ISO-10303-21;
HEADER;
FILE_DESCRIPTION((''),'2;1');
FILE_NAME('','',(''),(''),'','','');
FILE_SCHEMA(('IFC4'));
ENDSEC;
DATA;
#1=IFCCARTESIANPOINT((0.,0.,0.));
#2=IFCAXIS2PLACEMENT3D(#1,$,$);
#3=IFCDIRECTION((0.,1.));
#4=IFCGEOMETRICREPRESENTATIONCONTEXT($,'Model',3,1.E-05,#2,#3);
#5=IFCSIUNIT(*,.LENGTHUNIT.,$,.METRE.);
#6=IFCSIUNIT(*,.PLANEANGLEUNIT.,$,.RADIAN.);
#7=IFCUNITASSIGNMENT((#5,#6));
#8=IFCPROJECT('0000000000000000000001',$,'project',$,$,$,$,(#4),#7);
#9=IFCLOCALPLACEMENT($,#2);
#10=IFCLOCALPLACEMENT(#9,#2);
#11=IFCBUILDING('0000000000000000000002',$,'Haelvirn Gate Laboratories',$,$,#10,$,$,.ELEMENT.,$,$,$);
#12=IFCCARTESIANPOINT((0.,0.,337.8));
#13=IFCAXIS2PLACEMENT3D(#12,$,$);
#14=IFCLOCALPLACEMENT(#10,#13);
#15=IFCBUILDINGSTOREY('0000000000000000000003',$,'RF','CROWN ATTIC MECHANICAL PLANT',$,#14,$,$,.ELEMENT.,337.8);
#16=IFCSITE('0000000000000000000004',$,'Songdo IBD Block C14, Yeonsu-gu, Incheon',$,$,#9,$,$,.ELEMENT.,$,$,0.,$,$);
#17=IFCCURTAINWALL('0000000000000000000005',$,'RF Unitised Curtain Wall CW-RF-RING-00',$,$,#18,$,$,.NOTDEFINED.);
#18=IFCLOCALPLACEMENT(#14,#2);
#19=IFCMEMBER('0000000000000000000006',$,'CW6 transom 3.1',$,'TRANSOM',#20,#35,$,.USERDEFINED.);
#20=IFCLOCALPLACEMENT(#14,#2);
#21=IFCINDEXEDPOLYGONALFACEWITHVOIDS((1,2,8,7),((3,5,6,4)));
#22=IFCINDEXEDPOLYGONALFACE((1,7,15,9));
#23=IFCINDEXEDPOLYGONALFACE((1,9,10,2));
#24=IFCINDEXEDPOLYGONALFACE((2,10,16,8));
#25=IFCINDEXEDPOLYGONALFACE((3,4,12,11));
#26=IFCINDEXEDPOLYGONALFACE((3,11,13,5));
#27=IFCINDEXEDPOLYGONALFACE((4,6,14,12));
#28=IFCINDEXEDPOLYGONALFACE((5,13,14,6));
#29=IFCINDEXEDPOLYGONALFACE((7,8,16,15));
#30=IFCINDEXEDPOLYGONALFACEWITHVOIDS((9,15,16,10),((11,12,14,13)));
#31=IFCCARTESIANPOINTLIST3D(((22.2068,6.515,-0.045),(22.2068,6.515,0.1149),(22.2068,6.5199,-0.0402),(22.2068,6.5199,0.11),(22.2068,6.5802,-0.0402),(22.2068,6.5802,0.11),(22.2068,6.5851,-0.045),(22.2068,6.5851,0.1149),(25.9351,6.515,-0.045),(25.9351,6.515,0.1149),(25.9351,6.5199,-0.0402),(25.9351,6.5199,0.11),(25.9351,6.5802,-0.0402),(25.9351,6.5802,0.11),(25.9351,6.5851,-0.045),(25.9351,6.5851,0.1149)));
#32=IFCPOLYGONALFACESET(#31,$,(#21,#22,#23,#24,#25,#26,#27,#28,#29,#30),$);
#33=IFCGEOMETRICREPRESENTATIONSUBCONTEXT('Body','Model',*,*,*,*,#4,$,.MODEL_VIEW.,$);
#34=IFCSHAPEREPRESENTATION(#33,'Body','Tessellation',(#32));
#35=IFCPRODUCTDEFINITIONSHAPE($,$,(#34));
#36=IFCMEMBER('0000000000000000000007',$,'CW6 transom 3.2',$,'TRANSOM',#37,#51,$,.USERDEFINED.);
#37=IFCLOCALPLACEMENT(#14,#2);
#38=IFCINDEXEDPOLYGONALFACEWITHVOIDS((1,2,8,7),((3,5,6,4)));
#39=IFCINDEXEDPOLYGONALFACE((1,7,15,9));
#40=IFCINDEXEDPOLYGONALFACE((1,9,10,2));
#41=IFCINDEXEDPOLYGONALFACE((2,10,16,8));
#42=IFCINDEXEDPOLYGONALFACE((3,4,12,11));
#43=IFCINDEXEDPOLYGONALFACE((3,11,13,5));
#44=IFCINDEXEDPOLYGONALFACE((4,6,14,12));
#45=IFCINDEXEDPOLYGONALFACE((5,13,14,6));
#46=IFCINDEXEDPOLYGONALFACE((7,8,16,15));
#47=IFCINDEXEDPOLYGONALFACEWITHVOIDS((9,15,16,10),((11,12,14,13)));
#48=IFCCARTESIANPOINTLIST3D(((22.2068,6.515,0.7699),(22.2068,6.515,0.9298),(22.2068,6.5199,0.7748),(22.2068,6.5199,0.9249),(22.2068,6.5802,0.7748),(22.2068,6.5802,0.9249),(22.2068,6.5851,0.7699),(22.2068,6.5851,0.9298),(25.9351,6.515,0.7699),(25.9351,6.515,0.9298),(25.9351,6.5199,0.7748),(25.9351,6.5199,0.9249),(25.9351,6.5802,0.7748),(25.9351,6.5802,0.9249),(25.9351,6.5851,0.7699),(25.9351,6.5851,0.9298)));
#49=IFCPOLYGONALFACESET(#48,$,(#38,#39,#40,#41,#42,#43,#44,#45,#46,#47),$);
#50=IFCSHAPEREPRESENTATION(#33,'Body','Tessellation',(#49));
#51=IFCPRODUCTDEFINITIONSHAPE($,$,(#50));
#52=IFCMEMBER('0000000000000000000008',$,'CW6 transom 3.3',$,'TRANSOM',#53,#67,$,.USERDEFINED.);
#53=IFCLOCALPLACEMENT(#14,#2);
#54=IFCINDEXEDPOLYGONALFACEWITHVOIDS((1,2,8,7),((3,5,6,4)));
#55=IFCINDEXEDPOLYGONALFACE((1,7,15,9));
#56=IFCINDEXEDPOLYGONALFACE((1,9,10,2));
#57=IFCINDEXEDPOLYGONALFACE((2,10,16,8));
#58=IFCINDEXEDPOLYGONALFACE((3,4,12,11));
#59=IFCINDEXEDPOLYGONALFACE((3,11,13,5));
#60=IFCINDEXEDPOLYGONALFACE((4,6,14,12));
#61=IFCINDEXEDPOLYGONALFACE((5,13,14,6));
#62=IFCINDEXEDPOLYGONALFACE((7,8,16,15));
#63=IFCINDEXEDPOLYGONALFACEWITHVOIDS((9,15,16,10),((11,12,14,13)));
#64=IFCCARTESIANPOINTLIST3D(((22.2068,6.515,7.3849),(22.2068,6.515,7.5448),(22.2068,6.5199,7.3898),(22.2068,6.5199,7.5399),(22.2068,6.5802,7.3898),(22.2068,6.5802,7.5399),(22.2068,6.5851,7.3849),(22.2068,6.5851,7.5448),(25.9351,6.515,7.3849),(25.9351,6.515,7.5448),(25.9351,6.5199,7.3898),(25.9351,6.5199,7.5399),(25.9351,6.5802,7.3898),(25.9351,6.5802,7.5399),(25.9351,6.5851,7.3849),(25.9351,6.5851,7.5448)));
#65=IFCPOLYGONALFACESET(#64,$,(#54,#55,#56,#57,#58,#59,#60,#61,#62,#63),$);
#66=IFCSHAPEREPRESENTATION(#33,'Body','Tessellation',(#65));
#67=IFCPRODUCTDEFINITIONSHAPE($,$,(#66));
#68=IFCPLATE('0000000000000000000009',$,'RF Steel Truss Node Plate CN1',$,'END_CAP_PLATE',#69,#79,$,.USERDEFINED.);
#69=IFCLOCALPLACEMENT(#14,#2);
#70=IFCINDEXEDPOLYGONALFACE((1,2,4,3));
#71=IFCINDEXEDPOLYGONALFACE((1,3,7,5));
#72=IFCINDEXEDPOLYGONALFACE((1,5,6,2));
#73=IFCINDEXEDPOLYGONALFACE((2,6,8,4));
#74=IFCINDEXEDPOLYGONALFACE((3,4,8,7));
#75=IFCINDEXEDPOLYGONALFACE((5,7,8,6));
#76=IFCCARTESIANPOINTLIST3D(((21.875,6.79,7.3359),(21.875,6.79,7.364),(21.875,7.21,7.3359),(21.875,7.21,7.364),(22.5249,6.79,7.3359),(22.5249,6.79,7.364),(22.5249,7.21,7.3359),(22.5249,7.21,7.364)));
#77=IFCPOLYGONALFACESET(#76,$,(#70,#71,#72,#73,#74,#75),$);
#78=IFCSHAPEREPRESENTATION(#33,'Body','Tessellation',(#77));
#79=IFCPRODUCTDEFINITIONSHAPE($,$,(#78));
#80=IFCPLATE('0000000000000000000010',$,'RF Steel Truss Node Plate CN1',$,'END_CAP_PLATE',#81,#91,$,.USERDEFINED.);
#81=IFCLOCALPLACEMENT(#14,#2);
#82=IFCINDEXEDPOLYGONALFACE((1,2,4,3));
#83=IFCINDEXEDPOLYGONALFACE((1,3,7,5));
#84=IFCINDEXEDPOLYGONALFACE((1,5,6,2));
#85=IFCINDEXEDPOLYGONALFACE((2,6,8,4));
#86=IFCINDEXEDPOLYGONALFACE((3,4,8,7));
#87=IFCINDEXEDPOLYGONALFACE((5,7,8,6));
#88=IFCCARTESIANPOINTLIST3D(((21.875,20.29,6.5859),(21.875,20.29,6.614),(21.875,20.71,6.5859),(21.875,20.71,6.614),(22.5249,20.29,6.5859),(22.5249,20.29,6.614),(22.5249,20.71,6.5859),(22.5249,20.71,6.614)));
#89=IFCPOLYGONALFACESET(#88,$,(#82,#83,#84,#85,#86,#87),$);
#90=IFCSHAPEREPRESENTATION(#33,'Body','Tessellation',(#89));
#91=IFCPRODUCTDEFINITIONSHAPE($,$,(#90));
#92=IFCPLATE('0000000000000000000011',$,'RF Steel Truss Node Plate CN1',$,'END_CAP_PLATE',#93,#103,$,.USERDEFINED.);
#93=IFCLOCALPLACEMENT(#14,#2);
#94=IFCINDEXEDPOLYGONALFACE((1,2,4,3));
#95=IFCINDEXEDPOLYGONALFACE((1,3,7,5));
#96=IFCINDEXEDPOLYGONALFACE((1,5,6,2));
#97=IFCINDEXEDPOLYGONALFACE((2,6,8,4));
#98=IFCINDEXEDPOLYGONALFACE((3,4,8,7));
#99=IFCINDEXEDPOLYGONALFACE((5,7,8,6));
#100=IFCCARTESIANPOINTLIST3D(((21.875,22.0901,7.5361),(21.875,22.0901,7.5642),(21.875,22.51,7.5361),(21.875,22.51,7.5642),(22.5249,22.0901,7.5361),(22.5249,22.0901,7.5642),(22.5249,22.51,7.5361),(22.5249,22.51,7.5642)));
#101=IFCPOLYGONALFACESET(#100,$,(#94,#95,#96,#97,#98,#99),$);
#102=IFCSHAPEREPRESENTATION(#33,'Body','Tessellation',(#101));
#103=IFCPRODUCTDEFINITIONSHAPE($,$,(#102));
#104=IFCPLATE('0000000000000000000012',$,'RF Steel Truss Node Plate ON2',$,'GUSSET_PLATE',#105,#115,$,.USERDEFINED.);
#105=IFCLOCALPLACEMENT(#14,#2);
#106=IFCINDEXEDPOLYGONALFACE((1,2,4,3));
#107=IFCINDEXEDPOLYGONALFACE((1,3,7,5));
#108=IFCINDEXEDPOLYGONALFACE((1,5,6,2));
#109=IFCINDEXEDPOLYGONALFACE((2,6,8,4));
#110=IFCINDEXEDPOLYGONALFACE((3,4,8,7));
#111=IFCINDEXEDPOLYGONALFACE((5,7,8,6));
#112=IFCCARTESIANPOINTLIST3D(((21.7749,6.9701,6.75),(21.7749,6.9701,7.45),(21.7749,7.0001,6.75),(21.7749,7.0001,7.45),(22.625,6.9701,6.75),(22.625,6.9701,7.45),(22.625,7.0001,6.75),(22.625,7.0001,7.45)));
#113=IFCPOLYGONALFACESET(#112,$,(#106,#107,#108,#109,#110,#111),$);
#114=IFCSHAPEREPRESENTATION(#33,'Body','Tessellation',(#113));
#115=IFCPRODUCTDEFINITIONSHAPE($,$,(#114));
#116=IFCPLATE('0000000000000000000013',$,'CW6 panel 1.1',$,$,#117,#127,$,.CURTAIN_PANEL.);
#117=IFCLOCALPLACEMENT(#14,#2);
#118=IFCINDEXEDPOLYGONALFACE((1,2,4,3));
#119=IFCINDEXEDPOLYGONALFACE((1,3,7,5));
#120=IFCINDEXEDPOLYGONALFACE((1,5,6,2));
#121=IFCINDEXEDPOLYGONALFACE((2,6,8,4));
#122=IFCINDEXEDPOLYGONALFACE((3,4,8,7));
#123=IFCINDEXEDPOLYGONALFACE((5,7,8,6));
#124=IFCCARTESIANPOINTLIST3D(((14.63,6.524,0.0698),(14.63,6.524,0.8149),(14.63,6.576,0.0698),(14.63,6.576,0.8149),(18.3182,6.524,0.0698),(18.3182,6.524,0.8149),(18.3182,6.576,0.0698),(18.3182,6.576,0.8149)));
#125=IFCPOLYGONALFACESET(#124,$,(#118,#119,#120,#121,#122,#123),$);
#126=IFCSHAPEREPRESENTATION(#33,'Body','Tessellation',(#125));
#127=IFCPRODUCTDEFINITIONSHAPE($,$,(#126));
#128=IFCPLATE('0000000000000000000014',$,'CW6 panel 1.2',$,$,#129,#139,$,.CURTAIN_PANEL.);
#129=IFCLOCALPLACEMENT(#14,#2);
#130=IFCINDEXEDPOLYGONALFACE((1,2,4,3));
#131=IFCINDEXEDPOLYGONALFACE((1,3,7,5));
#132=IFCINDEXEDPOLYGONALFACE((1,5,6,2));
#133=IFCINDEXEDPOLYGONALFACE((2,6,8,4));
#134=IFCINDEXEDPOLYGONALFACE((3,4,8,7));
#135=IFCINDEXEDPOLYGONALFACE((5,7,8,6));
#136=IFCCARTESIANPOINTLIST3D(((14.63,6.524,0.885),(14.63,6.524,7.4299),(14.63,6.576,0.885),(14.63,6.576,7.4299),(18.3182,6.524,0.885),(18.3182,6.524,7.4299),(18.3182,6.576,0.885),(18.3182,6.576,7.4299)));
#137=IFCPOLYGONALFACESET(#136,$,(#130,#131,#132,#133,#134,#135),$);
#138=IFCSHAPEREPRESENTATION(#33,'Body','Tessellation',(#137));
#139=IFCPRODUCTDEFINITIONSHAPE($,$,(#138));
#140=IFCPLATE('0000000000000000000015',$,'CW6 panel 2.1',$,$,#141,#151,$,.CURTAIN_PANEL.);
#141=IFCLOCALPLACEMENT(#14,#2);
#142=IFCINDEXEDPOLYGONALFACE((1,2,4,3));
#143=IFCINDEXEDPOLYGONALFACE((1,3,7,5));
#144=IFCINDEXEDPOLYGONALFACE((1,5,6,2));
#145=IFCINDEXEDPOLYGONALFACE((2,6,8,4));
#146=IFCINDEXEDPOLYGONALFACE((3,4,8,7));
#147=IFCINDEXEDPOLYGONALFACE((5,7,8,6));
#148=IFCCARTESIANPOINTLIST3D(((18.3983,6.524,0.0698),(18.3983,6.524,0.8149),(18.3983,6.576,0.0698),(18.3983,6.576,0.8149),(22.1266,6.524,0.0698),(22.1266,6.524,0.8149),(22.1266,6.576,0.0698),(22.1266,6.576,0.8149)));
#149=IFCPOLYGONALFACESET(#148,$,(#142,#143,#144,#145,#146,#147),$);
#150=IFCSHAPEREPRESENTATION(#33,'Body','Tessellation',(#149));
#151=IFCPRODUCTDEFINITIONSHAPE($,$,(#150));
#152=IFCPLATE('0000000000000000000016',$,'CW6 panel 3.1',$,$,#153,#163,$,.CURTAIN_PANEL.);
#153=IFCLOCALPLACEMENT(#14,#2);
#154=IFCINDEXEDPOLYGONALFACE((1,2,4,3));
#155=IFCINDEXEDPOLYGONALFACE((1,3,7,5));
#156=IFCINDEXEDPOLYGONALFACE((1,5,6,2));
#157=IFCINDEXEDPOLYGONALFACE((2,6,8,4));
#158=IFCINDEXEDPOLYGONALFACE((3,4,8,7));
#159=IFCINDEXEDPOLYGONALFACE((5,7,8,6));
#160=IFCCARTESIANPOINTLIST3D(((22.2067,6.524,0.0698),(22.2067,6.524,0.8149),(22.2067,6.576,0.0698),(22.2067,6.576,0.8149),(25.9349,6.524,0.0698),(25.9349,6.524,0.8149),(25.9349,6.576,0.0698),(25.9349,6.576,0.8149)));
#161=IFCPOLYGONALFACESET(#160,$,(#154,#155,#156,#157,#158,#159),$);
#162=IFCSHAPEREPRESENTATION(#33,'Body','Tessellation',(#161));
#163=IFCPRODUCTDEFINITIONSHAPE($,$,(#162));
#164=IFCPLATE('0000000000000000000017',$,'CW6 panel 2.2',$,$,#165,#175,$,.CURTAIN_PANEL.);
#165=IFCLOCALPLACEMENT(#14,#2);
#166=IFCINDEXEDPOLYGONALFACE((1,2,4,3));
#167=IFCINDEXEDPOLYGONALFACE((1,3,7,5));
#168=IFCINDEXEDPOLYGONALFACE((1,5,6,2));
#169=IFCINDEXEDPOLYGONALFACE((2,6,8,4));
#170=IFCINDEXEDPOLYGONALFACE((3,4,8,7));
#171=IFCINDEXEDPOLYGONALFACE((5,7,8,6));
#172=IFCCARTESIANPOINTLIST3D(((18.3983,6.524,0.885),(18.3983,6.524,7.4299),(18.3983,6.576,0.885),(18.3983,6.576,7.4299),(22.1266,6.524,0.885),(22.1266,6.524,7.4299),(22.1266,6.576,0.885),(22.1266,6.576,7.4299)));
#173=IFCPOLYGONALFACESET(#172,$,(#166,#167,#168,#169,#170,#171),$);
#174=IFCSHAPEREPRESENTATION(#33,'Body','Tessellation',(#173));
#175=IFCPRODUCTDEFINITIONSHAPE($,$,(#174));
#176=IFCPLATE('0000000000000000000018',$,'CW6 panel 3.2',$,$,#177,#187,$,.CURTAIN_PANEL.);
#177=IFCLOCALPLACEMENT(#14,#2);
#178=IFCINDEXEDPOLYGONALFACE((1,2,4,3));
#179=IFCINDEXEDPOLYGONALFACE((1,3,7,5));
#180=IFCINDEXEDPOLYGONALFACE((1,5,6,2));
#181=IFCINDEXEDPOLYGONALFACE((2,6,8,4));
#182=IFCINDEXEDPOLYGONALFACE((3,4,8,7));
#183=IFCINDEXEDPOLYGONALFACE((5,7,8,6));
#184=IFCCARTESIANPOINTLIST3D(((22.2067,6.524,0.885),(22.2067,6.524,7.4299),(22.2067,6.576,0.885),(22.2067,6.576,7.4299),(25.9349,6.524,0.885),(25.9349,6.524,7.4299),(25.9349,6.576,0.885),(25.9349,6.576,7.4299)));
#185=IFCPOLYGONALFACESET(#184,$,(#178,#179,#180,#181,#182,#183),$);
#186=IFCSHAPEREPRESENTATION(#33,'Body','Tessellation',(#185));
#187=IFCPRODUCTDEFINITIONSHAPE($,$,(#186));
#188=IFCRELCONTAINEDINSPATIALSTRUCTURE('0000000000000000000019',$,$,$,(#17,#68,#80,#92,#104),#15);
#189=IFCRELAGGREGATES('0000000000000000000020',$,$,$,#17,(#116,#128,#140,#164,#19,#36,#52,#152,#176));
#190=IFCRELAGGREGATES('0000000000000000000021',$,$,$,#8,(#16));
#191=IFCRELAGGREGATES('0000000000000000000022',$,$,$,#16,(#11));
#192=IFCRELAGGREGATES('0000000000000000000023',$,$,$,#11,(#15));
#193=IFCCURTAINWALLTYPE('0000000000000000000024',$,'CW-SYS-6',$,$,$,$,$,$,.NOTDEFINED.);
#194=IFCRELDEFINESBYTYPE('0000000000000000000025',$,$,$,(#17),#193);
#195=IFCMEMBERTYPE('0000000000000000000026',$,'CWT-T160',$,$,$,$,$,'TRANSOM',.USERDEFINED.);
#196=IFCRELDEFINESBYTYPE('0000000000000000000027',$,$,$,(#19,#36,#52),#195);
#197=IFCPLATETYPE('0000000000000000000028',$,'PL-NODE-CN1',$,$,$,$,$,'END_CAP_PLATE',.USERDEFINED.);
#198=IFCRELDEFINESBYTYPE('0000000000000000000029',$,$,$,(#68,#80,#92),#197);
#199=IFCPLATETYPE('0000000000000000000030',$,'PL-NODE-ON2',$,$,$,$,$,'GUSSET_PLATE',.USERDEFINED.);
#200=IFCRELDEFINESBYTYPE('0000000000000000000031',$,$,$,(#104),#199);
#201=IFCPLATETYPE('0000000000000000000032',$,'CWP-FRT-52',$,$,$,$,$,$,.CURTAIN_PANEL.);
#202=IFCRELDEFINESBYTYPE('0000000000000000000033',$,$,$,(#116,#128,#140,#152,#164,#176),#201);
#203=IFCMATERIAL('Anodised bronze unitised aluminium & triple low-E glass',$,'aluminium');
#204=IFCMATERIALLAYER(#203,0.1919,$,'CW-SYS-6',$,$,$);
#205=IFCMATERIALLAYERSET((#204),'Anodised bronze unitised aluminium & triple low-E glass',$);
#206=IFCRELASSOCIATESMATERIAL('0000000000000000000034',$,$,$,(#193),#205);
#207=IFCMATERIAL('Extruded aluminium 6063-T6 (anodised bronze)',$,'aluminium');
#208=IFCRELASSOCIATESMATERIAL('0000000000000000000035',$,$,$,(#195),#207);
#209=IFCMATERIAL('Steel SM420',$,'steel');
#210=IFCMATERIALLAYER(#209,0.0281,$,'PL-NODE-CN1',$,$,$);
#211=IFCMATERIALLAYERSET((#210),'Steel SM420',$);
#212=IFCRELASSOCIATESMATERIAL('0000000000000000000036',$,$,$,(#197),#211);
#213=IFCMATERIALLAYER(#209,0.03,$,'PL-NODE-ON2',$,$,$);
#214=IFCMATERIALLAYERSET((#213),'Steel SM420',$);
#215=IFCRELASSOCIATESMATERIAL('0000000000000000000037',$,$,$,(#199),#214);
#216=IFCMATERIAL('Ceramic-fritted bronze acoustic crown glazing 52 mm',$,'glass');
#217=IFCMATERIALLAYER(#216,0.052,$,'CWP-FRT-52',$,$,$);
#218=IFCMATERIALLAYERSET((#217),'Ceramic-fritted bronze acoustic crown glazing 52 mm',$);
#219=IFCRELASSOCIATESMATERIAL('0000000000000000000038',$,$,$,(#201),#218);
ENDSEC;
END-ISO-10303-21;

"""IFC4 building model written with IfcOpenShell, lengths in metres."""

from ifc_helpers import new_model, si_unit, direction, frame, origin, origin_2d, place, context, subcontext, project, spatial, rectangle, hollow_rectangle, extrude, source, transform, mapped, material, layer, layer_set, material_profile, profile_set, type_object, type_shapes, element, aggregate, save


model = new_model("IFC4")

# Units and contexts
model_context = context("Model", 3, precision=1e-05, world=origin(), true_north=direction((0.0, 1.0)))
body_context = subcontext(model_context, "Body", "Model", "MODEL_VIEW")
ifc_project = project(units=[si_unit("LENGTHUNIT", "METRE"), si_unit("PLANEANGLEUNIT", "RADIAN")], contexts=[model_context])

# Site, building, storey
site_placement = place(None, origin())
site = spatial("IfcSite", under=ifc_project, at=site_placement, Name="Songdo IBD Block C14, Yeonsu-gu, Incheon", CompositionType="ELEMENT", RefElevation=0.0)
building_placement = place(site_placement, origin())
building = spatial("IfcBuilding", under=site, at=building_placement, Name="Haelvirn Gate Laboratories", CompositionType="ELEMENT")
storey_placement = place(building_placement, frame((0.0, 0.0, 337.8)))
storey = spatial("IfcBuildingStorey", under=building, at=storey_placement, Name="RF", Description="CROWN ATTIC MECHANICAL PLANT", CompositionType="ELEMENT", Elevation=337.8)

# Shared definitions
ifc_material_1 = material(Name="Steel SM420", Category="steel")

# Curtain wall, members
ifc_material_2 = material(Name="Anodised bronze unitised aluminium & triple low-E glass", Category="aluminium")
ifc_layer_1 = layer(ifc_material_2, 0.1919, Name="CW-SYS-6")
ifc_layer_set_1 = layer_set([ifc_layer_1], Name="Anodised bronze unitised aluminium & triple low-E glass")
curtain_wall_type = type_object("IfcCurtainWallType", Name="CW-SYS-6", PredefinedType="NOTDEFINED", material=ifc_layer_set_1)
curtain_wall_placement = place(storey_placement, origin())
curtain_wall = element("IfcCurtainWall", 1, at=curtain_wall_placement, inside=storey, type_object=curtain_wall_type, Name="RF Unitised Curtain Wall CW-RF-RING-00", PredefinedType="NOTDEFINED")
ifc_material_3 = material(Name="Extruded aluminium 6063-T6 (anodised bronze)", Category="aluminium")
ifc_material_profile_1 = material_profile(ifc_material_3, hollow_rectangle(XDim=0.0701, YDim=0.1599, WallThickness=0.0049, at=origin_2d()), Name="CWT-160x70x5")
ifc_profile_set_1 = profile_set([ifc_material_profile_1], Name="Extruded aluminium 6063-T6 (anodised bronze)")
member_type_1 = type_object("IfcMemberType", Name="CWT-T160", ElementType="TRANSOM", PredefinedType="USERDEFINED", material=ifc_profile_set_1)
shared_shape_1 = source(origin(), body_context, "Body", "SweptSolid", [
    extrude(hollow_rectangle(XDim=0.0701, YDim=0.1599, WallThickness=0.0049, at=origin_2d()), origin(), (0.0, 0.0, 1.0), 3.7283),
])
type_shapes(member_type_1, [shared_shape_1])
member_1_placement = place(storey_placement, frame((22.2068, 6.55, 0.0349), z_axis=(1.0, 0.0, 0.0), x_axis=(0.0, 1.0, 0.0)))
member_1 = element("IfcMember", 2, at=member_1_placement, type_object=member_type_1, Name="CW6 transom 3.1", ObjectType="TRANSOM", PredefinedType="USERDEFINED", context=body_context, shape_type="MappedRepresentation", body=[
    mapped(shared_shape_1, transform((0.0, 0.0, 0.0), scale=1.0)),
])
member_2_placement = place(storey_placement, frame((22.2068, 6.55, 0.8499), z_axis=(1.0, 0.0, 0.0), x_axis=(0.0, 1.0, 0.0)))
member_2 = element("IfcMember", 3, at=member_2_placement, type_object=member_type_1, Name="CW6 transom 3.2", ObjectType="TRANSOM", PredefinedType="USERDEFINED", context=body_context, shape_type="MappedRepresentation", body=[
    mapped(shared_shape_1, transform((0.0, 0.0, 0.0), scale=1.0)),
])
member_3_placement = place(storey_placement, frame((22.2068, 6.55, 7.4648), z_axis=(1.0, 0.0, 0.0), x_axis=(0.0, 1.0, 0.0)))
member_3 = element("IfcMember", 4, at=member_3_placement, type_object=member_type_1, Name="CW6 transom 3.3", ObjectType="TRANSOM", PredefinedType="USERDEFINED", context=body_context, shape_type="MappedRepresentation", body=[
    mapped(shared_shape_1, transform((0.0, 0.0, 0.0), scale=1.0)),
])

# Plates
ifc_layer_2 = layer(ifc_material_1, 0.0281, Name="PL-NODE-CN1")
ifc_layer_set_2 = layer_set([ifc_layer_2], Name="Steel SM420")
plate_type_1 = type_object("IfcPlateType", Name="PL-NODE-CN1", ElementType="END_CAP_PLATE", PredefinedType="USERDEFINED", material=ifc_layer_set_2)
shared_shape_2 = source(origin(), body_context, "Body", "SweptSolid", [
    extrude(rectangle(XDim=0.6499, YDim=0.4199, at=origin_2d()), origin(), (0.0, 0.0, 1.0), 0.0281),
])
type_shapes(plate_type_1, [shared_shape_2])
for number, where, z_axis, x_axis, name in (
    (5, (22.2, 7.0, 7.3359), (0.0, 0.0, 1.0), (1.0, 0.0, 0.0), "RF Steel Truss Node Plate CN1"),
    (6, (22.2, 20.5, 6.5859), (0.0, 0.0, 1.0), (1.0, 0.0, 0.0), "RF Steel Truss Node Plate CN1"),
    (7, (22.2, 22.3, 7.5361), (0.0, 0.0, 1.0), (1.0, 0.0, 0.0), "RF Steel Truss Node Plate CN1"),
):
    element("IfcPlate", number, at=place(storey_placement, frame(where, z_axis=z_axis, x_axis=x_axis)), inside=storey, type_object=plate_type_1, Name=name, ObjectType="END_CAP_PLATE", PredefinedType="USERDEFINED", context=body_context, shape_type="MappedRepresentation", body=[
        mapped(shared_shape_2, transform((0.0, 0.0, 0.0), scale=1.0)),
    ])
ifc_layer_3 = layer(ifc_material_1, 0.03, Name="PL-NODE-ON2")
ifc_layer_set_3 = layer_set([ifc_layer_3], Name="Steel SM420")
plate_type_2 = type_object("IfcPlateType", Name="PL-NODE-ON2", ElementType="GUSSET_PLATE", PredefinedType="USERDEFINED", material=ifc_layer_set_3)
shared_shape_3 = source(origin(), body_context, "Body", "SweptSolid", [
    extrude(rectangle(XDim=0.8501, YDim=0.03, at=origin_2d()), origin(), (0.0, 0.0, 1.0), 0.7),
])
type_shapes(plate_type_2, [shared_shape_3])
plate_1_placement = place(storey_placement, frame((22.2, 6.9851, 6.75), z_axis=(0.0, 0.0, 1.0), x_axis=(1.0, 0.0, 0.0)))
element("IfcPlate", 8, at=plate_1_placement, inside=storey, type_object=plate_type_2, Name="RF Steel Truss Node Plate ON2", ObjectType="GUSSET_PLATE", PredefinedType="USERDEFINED", context=body_context, shape_type="MappedRepresentation", body=[
    mapped(shared_shape_3, transform((0.0, 0.0, 0.0), scale=1.0)),
])

# Plates
ifc_material_4 = material(Name="Ceramic-fritted bronze acoustic crown glazing 52 mm", Category="glass")
ifc_layer_4 = layer(ifc_material_4, 0.052, Name="CWP-FRT-52")
ifc_layer_set_4 = layer_set([ifc_layer_4], Name="Ceramic-fritted bronze acoustic crown glazing 52 mm")
plate_type_3 = type_object("IfcPlateType", Name="CWP-FRT-52", PredefinedType="CURTAIN_PANEL", material=ifc_layer_set_4)
shared_shape_4 = source(origin(), body_context, "Body", "SweptSolid", [
    extrude(rectangle(XDim=3.6882, YDim=0.052, at=origin_2d()), origin(), (0.0, 0.0, 1.0), 0.7451),
])
plate_2_placement = place(storey_placement, frame((16.4741, 6.55, 0.0698), z_axis=(0.0, 0.0, 1.0), x_axis=(1.0, 0.0, 0.0)))
plate_2 = element("IfcPlate", 9, at=plate_2_placement, type_object=plate_type_3, Name="CW6 panel 1.1", PredefinedType="CURTAIN_PANEL", context=body_context, shape_type="MappedRepresentation", body=[
    mapped(shared_shape_4, transform((0.0, 0.0, 0.0), scale=1.0)),
])
shared_shape_5 = source(origin(), body_context, "Body", "SweptSolid", [
    extrude(rectangle(XDim=3.6882, YDim=0.052, at=origin_2d()), origin(), (0.0, 0.0, 1.0), 6.5449),
])
plate_3_placement = place(storey_placement, frame((16.4741, 6.55, 0.885), z_axis=(0.0, 0.0, 1.0), x_axis=(1.0, 0.0, 0.0)))
plate_3 = element("IfcPlate", 10, at=plate_3_placement, type_object=plate_type_3, Name="CW6 panel 1.2", PredefinedType="CURTAIN_PANEL", context=body_context, shape_type="MappedRepresentation", body=[
    mapped(shared_shape_5, transform((0.0, 0.0, 0.0), scale=1.0)),
])
shared_shape_6 = source(origin(), body_context, "Body", "SweptSolid", [
    extrude(rectangle(XDim=3.7283, YDim=0.052, at=origin_2d()), origin(), (0.0, 0.0, 1.0), 0.7451),
])
plate_4_placement = place(storey_placement, frame((20.2625, 6.55, 0.0698), z_axis=(0.0, 0.0, 1.0), x_axis=(1.0, 0.0, 0.0)))
plate_4 = element("IfcPlate", 11, at=plate_4_placement, type_object=plate_type_3, Name="CW6 panel 2.1", PredefinedType="CURTAIN_PANEL", context=body_context, shape_type="MappedRepresentation", body=[
    mapped(shared_shape_6, transform((0.0, 0.0, 0.0), scale=1.0)),
])
plate_5_placement = place(storey_placement, frame((24.0708, 6.55, 0.0698), z_axis=(0.0, 0.0, 1.0), x_axis=(1.0, 0.0, 0.0)))
plate_5 = element("IfcPlate", 12, at=plate_5_placement, type_object=plate_type_3, Name="CW6 panel 3.1", PredefinedType="CURTAIN_PANEL", context=body_context, shape_type="MappedRepresentation", body=[
    mapped(shared_shape_6, transform((0.0, 0.0, 0.0), scale=1.0)),
])
shared_shape_7 = source(origin(), body_context, "Body", "SweptSolid", [
    extrude(rectangle(XDim=3.7283, YDim=0.052, at=origin_2d()), origin(), (0.0, 0.0, 1.0), 6.5449),
])
type_shapes(plate_type_3, [shared_shape_4, shared_shape_5, shared_shape_6, shared_shape_7])
plate_6_placement = place(storey_placement, frame((20.2625, 6.55, 0.885), z_axis=(0.0, 0.0, 1.0), x_axis=(1.0, 0.0, 0.0)))
plate_6 = element("IfcPlate", 13, at=plate_6_placement, type_object=plate_type_3, Name="CW6 panel 2.2", PredefinedType="CURTAIN_PANEL", context=body_context, shape_type="MappedRepresentation", body=[
    mapped(shared_shape_7, transform((0.0, 0.0, 0.0), scale=1.0)),
])
plate_7_placement = place(storey_placement, frame((24.0708, 6.55, 0.885), z_axis=(0.0, 0.0, 1.0), x_axis=(1.0, 0.0, 0.0)))
plate_7 = element("IfcPlate", 14, at=plate_7_placement, type_object=plate_type_3, Name="CW6 panel 3.2", PredefinedType="CURTAIN_PANEL", context=body_context, shape_type="MappedRepresentation", body=[
    mapped(shared_shape_7, transform((0.0, 0.0, 0.0), scale=1.0)),
])
aggregate(curtain_wall, [plate_2, plate_3, plate_4, plate_6, member_1, member_2, member_3, plate_5, plate_7])

save(model, "model.ifc")
